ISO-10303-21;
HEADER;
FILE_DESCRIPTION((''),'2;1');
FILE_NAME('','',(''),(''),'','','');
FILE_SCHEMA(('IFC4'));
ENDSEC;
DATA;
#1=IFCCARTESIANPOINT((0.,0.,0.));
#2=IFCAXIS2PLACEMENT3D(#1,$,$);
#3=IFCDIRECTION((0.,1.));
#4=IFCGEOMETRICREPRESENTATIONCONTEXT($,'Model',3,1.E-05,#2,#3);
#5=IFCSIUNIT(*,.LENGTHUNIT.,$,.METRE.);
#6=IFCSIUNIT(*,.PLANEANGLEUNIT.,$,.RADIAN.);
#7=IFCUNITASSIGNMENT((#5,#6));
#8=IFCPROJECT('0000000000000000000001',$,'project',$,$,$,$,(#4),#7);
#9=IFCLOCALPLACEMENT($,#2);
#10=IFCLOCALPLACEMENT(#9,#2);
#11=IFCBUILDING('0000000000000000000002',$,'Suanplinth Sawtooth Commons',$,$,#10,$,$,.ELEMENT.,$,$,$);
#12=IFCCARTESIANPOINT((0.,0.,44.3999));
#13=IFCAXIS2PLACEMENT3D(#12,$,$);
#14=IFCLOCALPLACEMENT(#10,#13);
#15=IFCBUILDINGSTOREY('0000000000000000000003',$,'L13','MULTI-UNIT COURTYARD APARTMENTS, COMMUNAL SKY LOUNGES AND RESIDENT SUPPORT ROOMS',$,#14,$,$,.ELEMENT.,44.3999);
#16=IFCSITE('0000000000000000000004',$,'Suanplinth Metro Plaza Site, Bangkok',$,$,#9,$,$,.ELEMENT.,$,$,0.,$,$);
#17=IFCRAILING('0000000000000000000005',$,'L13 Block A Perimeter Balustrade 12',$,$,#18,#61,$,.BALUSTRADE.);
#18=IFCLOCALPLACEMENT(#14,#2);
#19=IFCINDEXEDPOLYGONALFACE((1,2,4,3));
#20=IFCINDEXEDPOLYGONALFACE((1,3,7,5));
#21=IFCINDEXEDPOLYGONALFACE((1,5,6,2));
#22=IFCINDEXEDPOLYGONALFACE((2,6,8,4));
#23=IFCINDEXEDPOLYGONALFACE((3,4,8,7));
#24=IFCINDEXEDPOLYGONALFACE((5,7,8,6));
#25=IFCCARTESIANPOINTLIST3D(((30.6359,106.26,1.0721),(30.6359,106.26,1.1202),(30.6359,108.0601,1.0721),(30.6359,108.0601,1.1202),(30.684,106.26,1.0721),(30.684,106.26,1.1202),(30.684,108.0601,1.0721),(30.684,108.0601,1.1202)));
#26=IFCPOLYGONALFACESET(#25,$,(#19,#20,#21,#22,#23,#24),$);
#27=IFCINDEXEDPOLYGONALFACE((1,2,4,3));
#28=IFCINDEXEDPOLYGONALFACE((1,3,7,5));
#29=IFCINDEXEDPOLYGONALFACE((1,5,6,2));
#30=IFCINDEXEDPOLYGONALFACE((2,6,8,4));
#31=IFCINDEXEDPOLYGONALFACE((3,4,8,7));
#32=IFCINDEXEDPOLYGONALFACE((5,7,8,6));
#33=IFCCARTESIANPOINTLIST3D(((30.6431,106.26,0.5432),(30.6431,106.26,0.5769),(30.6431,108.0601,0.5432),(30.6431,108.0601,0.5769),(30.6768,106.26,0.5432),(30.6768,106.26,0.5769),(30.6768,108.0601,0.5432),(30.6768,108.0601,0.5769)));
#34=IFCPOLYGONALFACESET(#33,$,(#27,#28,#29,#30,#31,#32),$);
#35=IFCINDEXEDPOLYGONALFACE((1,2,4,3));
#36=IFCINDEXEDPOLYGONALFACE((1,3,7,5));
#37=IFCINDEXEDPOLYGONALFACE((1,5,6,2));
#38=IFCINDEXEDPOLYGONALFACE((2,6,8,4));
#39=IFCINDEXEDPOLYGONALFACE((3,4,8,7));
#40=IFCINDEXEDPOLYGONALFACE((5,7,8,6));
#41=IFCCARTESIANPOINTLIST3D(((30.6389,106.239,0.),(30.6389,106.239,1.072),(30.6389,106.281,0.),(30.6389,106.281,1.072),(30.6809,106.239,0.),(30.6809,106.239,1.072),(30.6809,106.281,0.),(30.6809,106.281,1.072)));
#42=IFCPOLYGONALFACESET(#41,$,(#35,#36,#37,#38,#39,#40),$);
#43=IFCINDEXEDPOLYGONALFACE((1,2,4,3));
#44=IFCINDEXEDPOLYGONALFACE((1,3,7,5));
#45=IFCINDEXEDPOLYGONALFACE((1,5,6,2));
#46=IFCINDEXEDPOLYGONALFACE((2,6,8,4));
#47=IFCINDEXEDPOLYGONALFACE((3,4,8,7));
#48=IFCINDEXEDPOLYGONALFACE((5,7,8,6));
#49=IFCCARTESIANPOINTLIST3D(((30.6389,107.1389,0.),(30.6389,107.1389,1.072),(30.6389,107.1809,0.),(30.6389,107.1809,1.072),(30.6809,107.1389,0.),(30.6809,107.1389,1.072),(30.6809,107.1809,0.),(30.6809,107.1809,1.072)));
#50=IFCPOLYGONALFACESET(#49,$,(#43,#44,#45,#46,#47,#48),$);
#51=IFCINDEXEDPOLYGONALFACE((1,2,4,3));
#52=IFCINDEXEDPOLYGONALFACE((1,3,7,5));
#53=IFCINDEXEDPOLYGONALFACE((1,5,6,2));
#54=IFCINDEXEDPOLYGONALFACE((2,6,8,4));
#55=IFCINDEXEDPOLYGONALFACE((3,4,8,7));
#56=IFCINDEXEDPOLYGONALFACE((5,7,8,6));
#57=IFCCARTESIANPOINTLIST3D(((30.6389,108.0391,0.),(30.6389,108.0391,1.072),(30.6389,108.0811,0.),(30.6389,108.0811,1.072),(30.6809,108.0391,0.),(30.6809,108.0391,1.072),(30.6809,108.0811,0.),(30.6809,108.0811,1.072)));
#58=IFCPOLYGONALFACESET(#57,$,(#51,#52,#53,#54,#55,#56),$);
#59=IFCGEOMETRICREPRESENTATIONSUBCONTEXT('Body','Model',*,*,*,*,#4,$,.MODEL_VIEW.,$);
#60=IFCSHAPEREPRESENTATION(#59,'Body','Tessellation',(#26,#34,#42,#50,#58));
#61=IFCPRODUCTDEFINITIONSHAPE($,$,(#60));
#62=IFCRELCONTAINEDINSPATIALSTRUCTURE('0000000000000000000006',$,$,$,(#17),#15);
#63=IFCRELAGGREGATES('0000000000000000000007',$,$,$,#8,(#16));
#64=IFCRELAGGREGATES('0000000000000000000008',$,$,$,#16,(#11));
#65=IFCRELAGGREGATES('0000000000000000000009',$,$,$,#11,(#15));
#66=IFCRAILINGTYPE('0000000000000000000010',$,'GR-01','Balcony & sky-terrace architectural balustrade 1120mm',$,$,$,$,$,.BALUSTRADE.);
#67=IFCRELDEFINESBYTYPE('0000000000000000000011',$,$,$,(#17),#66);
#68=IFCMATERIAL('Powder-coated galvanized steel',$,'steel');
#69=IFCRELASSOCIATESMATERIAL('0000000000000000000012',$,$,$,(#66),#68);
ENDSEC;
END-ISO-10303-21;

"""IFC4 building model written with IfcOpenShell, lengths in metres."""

from ifc_helpers import new_model, si_unit, direction, frame, origin, origin_2d, place, context, subcontext, project, spatial, rectangle, extrude, material, type_object, element, save


model = new_model("IFC4")

# Units and contexts
model_context = context("Model", 3, precision=1e-05, world=origin(), true_north=direction((0.0, 1.0)))
body_context = subcontext(model_context, "Body", "Model", "MODEL_VIEW")
ifc_project = project(units=[si_unit("LENGTHUNIT", "METRE"), si_unit("PLANEANGLEUNIT", "RADIAN")], contexts=[model_context])

# Site, building, storey
site_placement = place(None, origin())
site = spatial("IfcSite", under=ifc_project, at=site_placement, Name="Suanplinth Metro Plaza Site, Bangkok", CompositionType="ELEMENT", RefElevation=0.0)
building_placement = place(site_placement, origin())
building = spatial("IfcBuilding", under=site, at=building_placement, Name="Suanplinth Sawtooth Commons", CompositionType="ELEMENT")
storey_placement = place(building_placement, frame((0.0, 0.0, 44.3999)))
storey = spatial("IfcBuildingStorey", under=building, at=storey_placement, Name="L13", Description="MULTI-UNIT COURTYARD APARTMENTS, COMMUNAL SKY LOUNGES AND RESIDENT SUPPORT ROOMS", CompositionType="ELEMENT", Elevation=44.3999)

# Railing
ifc_material_1 = material(Name="Powder-coated galvanized steel", Category="steel")
railing_type = type_object("IfcRailingType", Name="GR-01", Description="Balcony & sky-terrace architectural balustrade 1120mm", PredefinedType="BALUSTRADE", material=ifc_material_1)
railing_placement = place(storey_placement, frame((30.6599, 106.26, 0.0)))
element("IfcRailing", 1, at=railing_placement, inside=storey, type_object=railing_type, Name="L13 Block A Perimeter Balustrade 12", PredefinedType="BALUSTRADE", context=body_context, shape_type="SweptSolid", body=[
    extrude(rectangle(XDim=0.0481, YDim=0.0481, at=origin_2d()), frame((0.0, 0.0, 1.0962), z_axis=(0.0, 1.0, 0.0), x_axis=(-1.0, 0.0, 0.0)), (0.0, 0.0, 1.0), 1.8),
    extrude(rectangle(XDim=0.0337, YDim=0.0337, at=origin_2d()), frame((0.0, 0.0, 0.5601), z_axis=(0.0, 1.0, 0.0), x_axis=(-1.0, 0.0, 0.0)), (0.0, 0.0, 1.0), 1.8),
    extrude(rectangle(XDim=0.042, YDim=0.042, at=origin_2d()), origin(), (0.0, 0.0, 1.0), 1.072),
    extrude(rectangle(XDim=0.042, YDim=0.042, at=origin_2d()), frame((0.0, 0.8999, 0.0)), (0.0, 0.0, 1.0), 1.072),
    extrude(rectangle(XDim=0.042, YDim=0.042, at=origin_2d()), frame((0.0, 1.8, 0.0)), (0.0, 0.0, 1.0), 1.072),
])

save(model, "model.ifc")
